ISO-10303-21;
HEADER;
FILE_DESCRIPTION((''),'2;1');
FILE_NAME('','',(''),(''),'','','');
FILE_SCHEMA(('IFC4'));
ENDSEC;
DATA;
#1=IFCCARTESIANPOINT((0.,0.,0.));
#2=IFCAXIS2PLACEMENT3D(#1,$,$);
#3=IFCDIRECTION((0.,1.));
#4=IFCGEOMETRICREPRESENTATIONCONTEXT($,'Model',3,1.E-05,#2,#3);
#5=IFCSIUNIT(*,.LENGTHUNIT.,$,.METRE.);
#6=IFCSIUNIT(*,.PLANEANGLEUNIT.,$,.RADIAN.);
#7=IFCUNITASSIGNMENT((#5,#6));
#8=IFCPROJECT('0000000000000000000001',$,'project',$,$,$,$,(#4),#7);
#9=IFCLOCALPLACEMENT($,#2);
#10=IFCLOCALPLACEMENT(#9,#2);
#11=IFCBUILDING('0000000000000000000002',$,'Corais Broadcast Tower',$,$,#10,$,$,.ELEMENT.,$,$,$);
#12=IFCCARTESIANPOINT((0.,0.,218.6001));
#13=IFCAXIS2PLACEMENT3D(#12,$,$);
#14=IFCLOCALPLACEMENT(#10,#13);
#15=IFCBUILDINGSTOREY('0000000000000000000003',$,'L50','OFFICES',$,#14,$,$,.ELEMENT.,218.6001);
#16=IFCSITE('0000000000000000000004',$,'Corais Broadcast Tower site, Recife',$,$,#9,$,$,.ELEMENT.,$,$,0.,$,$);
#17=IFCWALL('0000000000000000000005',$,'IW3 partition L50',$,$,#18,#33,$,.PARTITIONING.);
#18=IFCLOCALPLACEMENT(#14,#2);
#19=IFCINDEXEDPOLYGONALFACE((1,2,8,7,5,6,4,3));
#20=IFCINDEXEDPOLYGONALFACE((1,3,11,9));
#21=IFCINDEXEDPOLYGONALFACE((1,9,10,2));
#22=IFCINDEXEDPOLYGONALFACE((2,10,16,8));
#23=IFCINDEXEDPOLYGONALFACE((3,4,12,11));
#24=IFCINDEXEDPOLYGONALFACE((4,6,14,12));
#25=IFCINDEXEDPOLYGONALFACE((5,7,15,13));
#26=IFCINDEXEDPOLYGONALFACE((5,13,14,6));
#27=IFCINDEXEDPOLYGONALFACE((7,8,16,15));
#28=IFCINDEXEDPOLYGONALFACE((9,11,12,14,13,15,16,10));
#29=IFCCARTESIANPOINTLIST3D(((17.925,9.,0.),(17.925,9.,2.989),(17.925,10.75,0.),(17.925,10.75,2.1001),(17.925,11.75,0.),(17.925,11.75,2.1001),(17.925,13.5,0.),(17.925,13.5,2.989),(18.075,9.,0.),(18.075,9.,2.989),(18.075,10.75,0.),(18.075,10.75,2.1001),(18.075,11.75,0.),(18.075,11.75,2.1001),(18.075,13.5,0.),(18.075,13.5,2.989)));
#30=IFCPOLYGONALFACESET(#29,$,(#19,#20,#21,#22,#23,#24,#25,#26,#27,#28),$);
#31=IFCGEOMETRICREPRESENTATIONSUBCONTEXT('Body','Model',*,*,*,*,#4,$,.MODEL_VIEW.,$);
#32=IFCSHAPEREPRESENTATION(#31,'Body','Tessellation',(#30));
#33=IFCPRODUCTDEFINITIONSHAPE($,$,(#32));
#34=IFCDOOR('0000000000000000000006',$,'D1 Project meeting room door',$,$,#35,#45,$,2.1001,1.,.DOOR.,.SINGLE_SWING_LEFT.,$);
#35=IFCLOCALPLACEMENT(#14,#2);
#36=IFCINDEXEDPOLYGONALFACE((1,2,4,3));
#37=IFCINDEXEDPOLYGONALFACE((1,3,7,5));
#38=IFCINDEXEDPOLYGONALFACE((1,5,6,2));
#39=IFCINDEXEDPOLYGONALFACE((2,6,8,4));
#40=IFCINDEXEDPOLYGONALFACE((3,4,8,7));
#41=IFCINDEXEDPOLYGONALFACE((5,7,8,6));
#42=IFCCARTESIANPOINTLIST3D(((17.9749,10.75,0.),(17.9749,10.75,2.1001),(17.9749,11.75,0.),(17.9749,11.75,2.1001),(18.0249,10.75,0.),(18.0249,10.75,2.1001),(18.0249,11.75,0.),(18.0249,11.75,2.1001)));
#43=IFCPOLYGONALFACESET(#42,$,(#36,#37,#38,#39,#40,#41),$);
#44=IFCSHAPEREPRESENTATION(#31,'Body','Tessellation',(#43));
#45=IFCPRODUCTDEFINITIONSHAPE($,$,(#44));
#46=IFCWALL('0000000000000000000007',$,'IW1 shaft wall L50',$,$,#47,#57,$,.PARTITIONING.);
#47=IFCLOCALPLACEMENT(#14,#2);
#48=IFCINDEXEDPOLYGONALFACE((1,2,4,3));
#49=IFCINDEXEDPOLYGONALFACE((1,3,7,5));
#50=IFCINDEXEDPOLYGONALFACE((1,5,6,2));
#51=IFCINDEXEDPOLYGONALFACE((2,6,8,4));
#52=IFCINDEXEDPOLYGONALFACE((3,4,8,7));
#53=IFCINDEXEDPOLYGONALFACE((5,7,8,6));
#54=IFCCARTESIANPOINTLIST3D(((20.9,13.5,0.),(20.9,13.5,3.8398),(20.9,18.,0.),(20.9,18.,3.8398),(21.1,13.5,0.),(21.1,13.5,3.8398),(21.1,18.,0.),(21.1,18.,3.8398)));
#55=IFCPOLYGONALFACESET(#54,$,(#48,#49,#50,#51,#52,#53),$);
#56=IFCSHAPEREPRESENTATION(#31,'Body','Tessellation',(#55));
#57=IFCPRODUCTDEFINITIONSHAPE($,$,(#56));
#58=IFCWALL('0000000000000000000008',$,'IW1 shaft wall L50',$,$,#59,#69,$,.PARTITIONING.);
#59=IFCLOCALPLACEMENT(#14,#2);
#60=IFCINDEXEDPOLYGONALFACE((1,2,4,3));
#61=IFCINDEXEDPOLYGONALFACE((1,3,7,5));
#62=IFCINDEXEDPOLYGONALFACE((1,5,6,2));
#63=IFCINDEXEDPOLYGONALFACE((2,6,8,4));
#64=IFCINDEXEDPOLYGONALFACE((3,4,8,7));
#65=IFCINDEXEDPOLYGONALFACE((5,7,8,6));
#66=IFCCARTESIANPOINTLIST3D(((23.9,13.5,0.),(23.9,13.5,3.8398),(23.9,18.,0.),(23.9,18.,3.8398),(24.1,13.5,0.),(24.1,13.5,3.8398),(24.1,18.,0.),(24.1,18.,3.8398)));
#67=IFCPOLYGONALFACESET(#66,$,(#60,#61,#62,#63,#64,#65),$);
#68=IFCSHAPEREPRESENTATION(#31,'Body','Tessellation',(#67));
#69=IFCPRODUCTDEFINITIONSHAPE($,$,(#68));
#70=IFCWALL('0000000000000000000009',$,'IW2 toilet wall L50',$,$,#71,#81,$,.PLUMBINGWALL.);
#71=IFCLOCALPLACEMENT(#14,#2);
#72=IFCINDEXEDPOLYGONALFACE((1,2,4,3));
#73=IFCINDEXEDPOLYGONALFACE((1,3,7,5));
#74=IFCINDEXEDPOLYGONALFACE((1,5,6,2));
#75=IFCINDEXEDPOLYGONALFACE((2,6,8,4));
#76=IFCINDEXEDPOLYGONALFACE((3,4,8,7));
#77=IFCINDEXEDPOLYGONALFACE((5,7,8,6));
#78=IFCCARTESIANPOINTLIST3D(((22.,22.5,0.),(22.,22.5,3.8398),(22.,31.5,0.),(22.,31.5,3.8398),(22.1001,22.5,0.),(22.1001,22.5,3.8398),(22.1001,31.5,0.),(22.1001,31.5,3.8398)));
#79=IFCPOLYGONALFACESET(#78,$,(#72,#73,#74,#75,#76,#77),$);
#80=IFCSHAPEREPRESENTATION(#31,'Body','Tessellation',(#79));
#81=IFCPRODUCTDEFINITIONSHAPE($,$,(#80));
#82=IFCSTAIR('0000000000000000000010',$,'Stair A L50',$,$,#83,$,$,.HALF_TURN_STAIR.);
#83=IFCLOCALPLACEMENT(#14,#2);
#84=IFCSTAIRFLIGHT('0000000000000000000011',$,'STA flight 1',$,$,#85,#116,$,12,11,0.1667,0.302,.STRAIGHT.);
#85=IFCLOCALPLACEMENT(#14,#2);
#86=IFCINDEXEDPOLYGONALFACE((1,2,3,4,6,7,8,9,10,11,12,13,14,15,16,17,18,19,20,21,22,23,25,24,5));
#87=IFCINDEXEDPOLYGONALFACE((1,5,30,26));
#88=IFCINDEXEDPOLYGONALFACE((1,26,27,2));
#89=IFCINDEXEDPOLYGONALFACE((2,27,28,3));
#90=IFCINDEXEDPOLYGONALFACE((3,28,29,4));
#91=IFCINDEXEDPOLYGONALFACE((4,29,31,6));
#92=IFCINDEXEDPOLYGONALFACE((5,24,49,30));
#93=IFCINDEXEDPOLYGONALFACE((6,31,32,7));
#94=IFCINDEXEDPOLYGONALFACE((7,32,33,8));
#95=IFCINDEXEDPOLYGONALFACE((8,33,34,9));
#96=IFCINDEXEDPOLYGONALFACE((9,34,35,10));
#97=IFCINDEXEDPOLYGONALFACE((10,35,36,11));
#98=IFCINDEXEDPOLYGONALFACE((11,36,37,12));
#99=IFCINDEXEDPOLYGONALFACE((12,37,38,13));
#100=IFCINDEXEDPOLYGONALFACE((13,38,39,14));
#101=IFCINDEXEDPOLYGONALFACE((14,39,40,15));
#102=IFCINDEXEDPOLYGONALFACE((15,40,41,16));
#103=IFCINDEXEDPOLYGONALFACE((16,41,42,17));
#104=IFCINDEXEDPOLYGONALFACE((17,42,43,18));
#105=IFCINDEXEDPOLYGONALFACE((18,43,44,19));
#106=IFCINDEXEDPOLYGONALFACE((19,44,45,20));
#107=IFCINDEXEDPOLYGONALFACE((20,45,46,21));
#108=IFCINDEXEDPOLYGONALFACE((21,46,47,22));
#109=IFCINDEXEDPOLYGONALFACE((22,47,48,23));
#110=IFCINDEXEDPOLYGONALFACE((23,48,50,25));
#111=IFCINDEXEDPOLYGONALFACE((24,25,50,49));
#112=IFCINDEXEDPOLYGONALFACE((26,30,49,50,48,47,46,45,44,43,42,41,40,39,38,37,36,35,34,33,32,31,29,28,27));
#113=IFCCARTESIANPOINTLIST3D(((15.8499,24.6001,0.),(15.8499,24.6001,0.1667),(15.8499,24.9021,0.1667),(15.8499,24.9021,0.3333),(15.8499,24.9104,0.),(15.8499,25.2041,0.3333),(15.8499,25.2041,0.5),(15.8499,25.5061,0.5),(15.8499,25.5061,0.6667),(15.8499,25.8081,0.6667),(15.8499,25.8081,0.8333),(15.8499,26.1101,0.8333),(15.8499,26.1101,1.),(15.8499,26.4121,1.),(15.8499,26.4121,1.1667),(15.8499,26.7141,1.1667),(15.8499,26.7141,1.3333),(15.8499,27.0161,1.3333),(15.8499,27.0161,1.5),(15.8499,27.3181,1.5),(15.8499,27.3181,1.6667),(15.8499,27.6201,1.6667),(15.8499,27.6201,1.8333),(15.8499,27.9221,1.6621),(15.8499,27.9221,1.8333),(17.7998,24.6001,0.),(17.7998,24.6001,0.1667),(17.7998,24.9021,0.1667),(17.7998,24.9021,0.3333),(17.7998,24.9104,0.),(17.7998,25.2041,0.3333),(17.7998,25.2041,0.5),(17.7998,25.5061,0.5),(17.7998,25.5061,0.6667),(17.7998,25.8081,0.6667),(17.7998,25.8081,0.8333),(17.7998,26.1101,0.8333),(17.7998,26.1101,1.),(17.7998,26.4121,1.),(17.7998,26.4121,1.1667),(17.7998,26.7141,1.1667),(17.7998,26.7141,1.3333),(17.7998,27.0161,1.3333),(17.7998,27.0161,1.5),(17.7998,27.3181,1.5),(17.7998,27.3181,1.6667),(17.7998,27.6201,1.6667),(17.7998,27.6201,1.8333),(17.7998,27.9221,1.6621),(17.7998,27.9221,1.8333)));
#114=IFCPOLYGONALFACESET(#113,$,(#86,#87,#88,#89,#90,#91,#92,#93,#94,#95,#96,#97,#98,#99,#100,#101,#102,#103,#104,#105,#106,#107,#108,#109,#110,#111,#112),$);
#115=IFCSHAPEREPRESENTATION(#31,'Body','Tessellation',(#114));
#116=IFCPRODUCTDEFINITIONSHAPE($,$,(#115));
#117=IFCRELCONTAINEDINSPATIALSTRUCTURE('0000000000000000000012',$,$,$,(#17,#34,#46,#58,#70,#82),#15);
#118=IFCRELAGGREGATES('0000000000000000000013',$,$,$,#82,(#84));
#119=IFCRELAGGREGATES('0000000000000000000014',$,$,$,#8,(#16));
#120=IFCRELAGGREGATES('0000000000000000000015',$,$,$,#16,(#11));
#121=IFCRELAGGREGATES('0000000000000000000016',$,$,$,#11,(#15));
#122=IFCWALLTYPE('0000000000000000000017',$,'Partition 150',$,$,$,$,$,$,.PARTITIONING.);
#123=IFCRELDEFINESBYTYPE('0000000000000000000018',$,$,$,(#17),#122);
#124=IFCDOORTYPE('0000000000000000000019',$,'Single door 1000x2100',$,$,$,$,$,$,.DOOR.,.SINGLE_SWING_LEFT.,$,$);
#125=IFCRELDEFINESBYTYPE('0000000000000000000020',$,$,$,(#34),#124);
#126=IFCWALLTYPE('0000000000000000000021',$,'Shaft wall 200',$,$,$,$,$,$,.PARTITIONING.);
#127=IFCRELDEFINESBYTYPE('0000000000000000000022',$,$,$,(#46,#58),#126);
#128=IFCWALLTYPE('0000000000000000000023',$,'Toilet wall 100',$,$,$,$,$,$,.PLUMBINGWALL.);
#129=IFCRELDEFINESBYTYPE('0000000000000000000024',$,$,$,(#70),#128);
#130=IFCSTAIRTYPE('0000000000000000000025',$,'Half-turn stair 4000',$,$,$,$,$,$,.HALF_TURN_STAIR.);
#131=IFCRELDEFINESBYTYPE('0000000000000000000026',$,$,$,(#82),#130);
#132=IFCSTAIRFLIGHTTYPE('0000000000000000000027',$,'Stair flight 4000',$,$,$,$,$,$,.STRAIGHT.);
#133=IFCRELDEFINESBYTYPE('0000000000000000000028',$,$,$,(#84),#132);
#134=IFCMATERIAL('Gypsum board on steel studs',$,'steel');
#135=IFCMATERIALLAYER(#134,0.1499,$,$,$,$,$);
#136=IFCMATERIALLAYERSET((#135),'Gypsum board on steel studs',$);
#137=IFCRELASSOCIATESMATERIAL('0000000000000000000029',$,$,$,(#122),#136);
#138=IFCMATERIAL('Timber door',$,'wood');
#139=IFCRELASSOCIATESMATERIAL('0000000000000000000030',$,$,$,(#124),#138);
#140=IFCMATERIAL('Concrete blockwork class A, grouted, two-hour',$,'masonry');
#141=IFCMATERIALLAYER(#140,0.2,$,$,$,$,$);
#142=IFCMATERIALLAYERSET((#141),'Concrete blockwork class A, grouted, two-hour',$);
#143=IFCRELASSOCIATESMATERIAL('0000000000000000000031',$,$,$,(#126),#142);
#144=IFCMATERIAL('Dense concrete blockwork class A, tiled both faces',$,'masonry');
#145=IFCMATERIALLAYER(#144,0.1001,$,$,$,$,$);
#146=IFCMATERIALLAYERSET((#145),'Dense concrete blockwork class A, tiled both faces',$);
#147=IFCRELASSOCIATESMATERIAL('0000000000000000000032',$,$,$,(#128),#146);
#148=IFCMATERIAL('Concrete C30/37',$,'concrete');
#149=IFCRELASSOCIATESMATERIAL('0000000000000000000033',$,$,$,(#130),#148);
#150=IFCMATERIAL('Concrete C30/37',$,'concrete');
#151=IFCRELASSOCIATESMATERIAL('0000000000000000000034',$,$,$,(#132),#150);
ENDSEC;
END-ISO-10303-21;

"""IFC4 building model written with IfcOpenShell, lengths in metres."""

from ifc_helpers import new_model, si_unit, direction, frame, frame_2d, origin, place, context, subcontext, project, spatial, polyline, rectangle, outline, extrude, material, layer, layer_set, type_object, element, fill, aggregate, save


model = new_model("IFC4")

# Units and contexts
model_context = context("Model", 3, precision=1e-05, world=origin(), true_north=direction((0.0, 1.0)))
body_context = subcontext(model_context, "Body", "Model", "MODEL_VIEW")
ifc_project = project(units=[si_unit("LENGTHUNIT", "METRE"), si_unit("PLANEANGLEUNIT", "RADIAN")], contexts=[model_context])

# Site, building, storey
site_placement = place(None, origin())
site = spatial("IfcSite", under=ifc_project, at=site_placement, Name="Corais Broadcast Tower site, Recife", CompositionType="ELEMENT", RefElevation=0.0)
building_placement = place(site_placement, origin())
building = spatial("IfcBuilding", under=site, at=building_placement, Name="Corais Broadcast Tower", CompositionType="ELEMENT")
storey_placement = place(building_placement, frame((0.0, 0.0, 218.6001)))
storey = spatial("IfcBuildingStorey", under=building, at=storey_placement, Name="L50", Description="OFFICES", CompositionType="ELEMENT", Elevation=218.6001)

# Shared definitions
ifc_material_1 = material(Name="Gypsum board on steel studs", Category="steel")
ifc_layer_1 = layer(ifc_material_1, 0.1499)
ifc_layer_set_1 = layer_set([ifc_layer_1], Name="Gypsum board on steel studs")
wall_type_1 = type_object("IfcWallType", Name="Partition 150", PredefinedType="PARTITIONING", material=ifc_layer_set_1)

# Wall, opening, door
wall_1_placement = place(storey_placement, frame((18.0, 13.5, 0.0), z_axis=(0.0, 0.0, 1.0), x_axis=(0.0, -1.0, 0.0)))
wall_1 = element("IfcWall", 1, at=wall_1_placement, inside=storey, type_object=wall_type_1, Name="IW3 partition L50", PredefinedType="PARTITIONING", context=body_context, shape_type="SweptSolid", body=[
    extrude(rectangle(XDim=4.5, YDim=0.1499, at=frame_2d((2.25, 0.0))), origin(), (0.0, 0.0, 1.0), 2.989),
])
opening_1_placement = place(wall_1_placement, frame((1.75, 0.0, 0.0)))
opening_1 = element("IfcOpeningElement", 2, at=opening_1_placement, cuts=wall_1, PredefinedType="OPENING", context=body_context, shape_type="SweptSolid", body=[
    extrude(rectangle(XDim=1.0, YDim=2.1001, at=frame_2d((0.5, 1.05))), frame((0.0, 0.085, 0.0), z_axis=(0.0, -1.0, 0.0), x_axis=(1.0, 0.0, 0.0)), (0.0, 0.0, 1.0), 0.1699),
])
ifc_material_2 = material(Name="Timber door", Category="wood")
door_type_1 = type_object("IfcDoorType", Name="Single door 1000x2100", OperationType="SINGLE_SWING_LEFT", PredefinedType="DOOR", material=ifc_material_2)
door_1_placement = place(opening_1_placement, origin())
door_1 = element("IfcDoor", 3, at=door_1_placement, inside=storey, type_object=door_type_1, Name="D1 Project meeting room door", OperationType="SINGLE_SWING_LEFT", OverallHeight=2.1001, OverallWidth=1.0, PredefinedType="DOOR", context=body_context, shape_type="SweptSolid", body=[
    extrude(rectangle(XDim=1.0, YDim=2.1001, at=frame_2d((0.5, 1.05))), frame((0.0, 0.0249, 0.0), z_axis=(0.0, -1.0, 0.0), x_axis=(1.0, 0.0, 0.0)), (0.0, 0.0, 1.0), 0.05),
])
fill(opening_1, door_1)

# Walls
ifc_material_3 = material(Name="Concrete blockwork class A, grouted, two-hour", Category="masonry")
ifc_layer_2 = layer(ifc_material_3, 0.2)
ifc_layer_set_2 = layer_set([ifc_layer_2], Name="Concrete blockwork class A, grouted, two-hour")
wall_type_2 = type_object("IfcWallType", Name="Shaft wall 200", PredefinedType="PARTITIONING", material=ifc_layer_set_2)
for number, where, z_axis, x_axis, name in (
    (4, (21.0, 13.5, 0.0), (0.0, 0.0, 1.0), (0.0, 1.0, 0.0), "IW1 shaft wall L50"),
    (5, (24.0, 13.5, 0.0), (0.0, 0.0, 1.0), (0.0, 1.0, 0.0), "IW1 shaft wall L50"),
):
    element("IfcWall", number, at=place(storey_placement, frame(where, z_axis=z_axis, x_axis=x_axis)), inside=storey, type_object=wall_type_2, Name=name, PredefinedType="PARTITIONING", context=body_context, shape_type="SweptSolid", body=[
        extrude(rectangle(XDim=4.5, YDim=0.2, at=frame_2d((2.25, 0.0))), origin(), (0.0, 0.0, 1.0), 3.8398),
    ])
ifc_material_4 = material(Name="Dense concrete blockwork class A, tiled both faces", Category="masonry")
ifc_layer_3 = layer(ifc_material_4, 0.1001)
ifc_layer_set_3 = layer_set([ifc_layer_3], Name="Dense concrete blockwork class A, tiled both faces")
wall_type_3 = type_object("IfcWallType", Name="Toilet wall 100", PredefinedType="PLUMBINGWALL", material=ifc_layer_set_3)
wall_2_placement = place(storey_placement, frame((22.05, 22.5, 0.0), z_axis=(0.0, 0.0, 1.0), x_axis=(0.0, 1.0, 0.0)))
element("IfcWall", 6, at=wall_2_placement, inside=storey, type_object=wall_type_3, Name="IW2 toilet wall L50", PredefinedType="PLUMBINGWALL", context=body_context, shape_type="SweptSolid", body=[
    extrude(rectangle(XDim=9.0, YDim=0.1001, at=frame_2d((4.5, 0.0))), origin(), (0.0, 0.0, 1.0), 3.8398),
])

# Stair, stair flight
ifc_material_5 = material(Name="Concrete C30/37", Category="concrete")
stair_type = type_object("IfcStairType", Name="Half-turn stair 4000", PredefinedType="HALF_TURN_STAIR", material=ifc_material_5)
stair_placement = place(storey_placement, origin())
stair = element("IfcStair", 7, at=stair_placement, inside=storey, type_object=stair_type, Name="Stair A L50", PredefinedType="HALF_TURN_STAIR")
ifc_material_6 = material(Name="Concrete C30/37", Category="concrete")
stair_flight_type = type_object("IfcStairFlightType", Name="Stair flight 4000", PredefinedType="STRAIGHT", material=ifc_material_6)
stair_flight_placement = place(storey_placement, frame((16.825, 24.6001, 0.0), z_axis=(0.0, 0.0, 1.0), x_axis=(0.0, 1.0, 0.0)))
stair_flight = element("IfcStairFlight", 8, at=stair_flight_placement, type_object=stair_flight_type, Name="STA flight 1", NumberOfRisers=12, NumberOfTreads=11, PredefinedType="STRAIGHT", RiserHeight=0.1667, TreadLength=0.302, context=body_context, shape_type="SweptSolid", body=[
    extrude(outline(polyline([(0.0, 0.0), (0.0, 0.1667), (0.302, 0.1667), (0.302, 0.3333), (0.604, 0.3333), (0.604, 0.5), (0.906, 0.5), (0.906, 0.6667), (1.208, 0.6667), (1.208, 0.8333), (1.51, 0.8333), (1.51, 1.0), (1.812, 1.0), (1.812, 1.1667), (2.114, 1.1667), (2.114, 1.3333), (2.416, 1.3333), (2.416, 1.5), (2.718, 1.5), (2.718, 1.6667), (3.02, 1.6667), (3.02, 1.8333), (3.322, 1.8333), (3.322, 2.0), (3.322, 1.6621), (0.3103, 0.0), (0.0, 0.0)])), frame((0.0, 0.9751, 0.0), z_axis=(0.0, -1.0, 0.0), x_axis=(1.0, 0.0, 0.0)), (0.0, 0.0, 1.0), 1.95),
])
aggregate(stair, [stair_flight])

save(model, "model.ifc")
